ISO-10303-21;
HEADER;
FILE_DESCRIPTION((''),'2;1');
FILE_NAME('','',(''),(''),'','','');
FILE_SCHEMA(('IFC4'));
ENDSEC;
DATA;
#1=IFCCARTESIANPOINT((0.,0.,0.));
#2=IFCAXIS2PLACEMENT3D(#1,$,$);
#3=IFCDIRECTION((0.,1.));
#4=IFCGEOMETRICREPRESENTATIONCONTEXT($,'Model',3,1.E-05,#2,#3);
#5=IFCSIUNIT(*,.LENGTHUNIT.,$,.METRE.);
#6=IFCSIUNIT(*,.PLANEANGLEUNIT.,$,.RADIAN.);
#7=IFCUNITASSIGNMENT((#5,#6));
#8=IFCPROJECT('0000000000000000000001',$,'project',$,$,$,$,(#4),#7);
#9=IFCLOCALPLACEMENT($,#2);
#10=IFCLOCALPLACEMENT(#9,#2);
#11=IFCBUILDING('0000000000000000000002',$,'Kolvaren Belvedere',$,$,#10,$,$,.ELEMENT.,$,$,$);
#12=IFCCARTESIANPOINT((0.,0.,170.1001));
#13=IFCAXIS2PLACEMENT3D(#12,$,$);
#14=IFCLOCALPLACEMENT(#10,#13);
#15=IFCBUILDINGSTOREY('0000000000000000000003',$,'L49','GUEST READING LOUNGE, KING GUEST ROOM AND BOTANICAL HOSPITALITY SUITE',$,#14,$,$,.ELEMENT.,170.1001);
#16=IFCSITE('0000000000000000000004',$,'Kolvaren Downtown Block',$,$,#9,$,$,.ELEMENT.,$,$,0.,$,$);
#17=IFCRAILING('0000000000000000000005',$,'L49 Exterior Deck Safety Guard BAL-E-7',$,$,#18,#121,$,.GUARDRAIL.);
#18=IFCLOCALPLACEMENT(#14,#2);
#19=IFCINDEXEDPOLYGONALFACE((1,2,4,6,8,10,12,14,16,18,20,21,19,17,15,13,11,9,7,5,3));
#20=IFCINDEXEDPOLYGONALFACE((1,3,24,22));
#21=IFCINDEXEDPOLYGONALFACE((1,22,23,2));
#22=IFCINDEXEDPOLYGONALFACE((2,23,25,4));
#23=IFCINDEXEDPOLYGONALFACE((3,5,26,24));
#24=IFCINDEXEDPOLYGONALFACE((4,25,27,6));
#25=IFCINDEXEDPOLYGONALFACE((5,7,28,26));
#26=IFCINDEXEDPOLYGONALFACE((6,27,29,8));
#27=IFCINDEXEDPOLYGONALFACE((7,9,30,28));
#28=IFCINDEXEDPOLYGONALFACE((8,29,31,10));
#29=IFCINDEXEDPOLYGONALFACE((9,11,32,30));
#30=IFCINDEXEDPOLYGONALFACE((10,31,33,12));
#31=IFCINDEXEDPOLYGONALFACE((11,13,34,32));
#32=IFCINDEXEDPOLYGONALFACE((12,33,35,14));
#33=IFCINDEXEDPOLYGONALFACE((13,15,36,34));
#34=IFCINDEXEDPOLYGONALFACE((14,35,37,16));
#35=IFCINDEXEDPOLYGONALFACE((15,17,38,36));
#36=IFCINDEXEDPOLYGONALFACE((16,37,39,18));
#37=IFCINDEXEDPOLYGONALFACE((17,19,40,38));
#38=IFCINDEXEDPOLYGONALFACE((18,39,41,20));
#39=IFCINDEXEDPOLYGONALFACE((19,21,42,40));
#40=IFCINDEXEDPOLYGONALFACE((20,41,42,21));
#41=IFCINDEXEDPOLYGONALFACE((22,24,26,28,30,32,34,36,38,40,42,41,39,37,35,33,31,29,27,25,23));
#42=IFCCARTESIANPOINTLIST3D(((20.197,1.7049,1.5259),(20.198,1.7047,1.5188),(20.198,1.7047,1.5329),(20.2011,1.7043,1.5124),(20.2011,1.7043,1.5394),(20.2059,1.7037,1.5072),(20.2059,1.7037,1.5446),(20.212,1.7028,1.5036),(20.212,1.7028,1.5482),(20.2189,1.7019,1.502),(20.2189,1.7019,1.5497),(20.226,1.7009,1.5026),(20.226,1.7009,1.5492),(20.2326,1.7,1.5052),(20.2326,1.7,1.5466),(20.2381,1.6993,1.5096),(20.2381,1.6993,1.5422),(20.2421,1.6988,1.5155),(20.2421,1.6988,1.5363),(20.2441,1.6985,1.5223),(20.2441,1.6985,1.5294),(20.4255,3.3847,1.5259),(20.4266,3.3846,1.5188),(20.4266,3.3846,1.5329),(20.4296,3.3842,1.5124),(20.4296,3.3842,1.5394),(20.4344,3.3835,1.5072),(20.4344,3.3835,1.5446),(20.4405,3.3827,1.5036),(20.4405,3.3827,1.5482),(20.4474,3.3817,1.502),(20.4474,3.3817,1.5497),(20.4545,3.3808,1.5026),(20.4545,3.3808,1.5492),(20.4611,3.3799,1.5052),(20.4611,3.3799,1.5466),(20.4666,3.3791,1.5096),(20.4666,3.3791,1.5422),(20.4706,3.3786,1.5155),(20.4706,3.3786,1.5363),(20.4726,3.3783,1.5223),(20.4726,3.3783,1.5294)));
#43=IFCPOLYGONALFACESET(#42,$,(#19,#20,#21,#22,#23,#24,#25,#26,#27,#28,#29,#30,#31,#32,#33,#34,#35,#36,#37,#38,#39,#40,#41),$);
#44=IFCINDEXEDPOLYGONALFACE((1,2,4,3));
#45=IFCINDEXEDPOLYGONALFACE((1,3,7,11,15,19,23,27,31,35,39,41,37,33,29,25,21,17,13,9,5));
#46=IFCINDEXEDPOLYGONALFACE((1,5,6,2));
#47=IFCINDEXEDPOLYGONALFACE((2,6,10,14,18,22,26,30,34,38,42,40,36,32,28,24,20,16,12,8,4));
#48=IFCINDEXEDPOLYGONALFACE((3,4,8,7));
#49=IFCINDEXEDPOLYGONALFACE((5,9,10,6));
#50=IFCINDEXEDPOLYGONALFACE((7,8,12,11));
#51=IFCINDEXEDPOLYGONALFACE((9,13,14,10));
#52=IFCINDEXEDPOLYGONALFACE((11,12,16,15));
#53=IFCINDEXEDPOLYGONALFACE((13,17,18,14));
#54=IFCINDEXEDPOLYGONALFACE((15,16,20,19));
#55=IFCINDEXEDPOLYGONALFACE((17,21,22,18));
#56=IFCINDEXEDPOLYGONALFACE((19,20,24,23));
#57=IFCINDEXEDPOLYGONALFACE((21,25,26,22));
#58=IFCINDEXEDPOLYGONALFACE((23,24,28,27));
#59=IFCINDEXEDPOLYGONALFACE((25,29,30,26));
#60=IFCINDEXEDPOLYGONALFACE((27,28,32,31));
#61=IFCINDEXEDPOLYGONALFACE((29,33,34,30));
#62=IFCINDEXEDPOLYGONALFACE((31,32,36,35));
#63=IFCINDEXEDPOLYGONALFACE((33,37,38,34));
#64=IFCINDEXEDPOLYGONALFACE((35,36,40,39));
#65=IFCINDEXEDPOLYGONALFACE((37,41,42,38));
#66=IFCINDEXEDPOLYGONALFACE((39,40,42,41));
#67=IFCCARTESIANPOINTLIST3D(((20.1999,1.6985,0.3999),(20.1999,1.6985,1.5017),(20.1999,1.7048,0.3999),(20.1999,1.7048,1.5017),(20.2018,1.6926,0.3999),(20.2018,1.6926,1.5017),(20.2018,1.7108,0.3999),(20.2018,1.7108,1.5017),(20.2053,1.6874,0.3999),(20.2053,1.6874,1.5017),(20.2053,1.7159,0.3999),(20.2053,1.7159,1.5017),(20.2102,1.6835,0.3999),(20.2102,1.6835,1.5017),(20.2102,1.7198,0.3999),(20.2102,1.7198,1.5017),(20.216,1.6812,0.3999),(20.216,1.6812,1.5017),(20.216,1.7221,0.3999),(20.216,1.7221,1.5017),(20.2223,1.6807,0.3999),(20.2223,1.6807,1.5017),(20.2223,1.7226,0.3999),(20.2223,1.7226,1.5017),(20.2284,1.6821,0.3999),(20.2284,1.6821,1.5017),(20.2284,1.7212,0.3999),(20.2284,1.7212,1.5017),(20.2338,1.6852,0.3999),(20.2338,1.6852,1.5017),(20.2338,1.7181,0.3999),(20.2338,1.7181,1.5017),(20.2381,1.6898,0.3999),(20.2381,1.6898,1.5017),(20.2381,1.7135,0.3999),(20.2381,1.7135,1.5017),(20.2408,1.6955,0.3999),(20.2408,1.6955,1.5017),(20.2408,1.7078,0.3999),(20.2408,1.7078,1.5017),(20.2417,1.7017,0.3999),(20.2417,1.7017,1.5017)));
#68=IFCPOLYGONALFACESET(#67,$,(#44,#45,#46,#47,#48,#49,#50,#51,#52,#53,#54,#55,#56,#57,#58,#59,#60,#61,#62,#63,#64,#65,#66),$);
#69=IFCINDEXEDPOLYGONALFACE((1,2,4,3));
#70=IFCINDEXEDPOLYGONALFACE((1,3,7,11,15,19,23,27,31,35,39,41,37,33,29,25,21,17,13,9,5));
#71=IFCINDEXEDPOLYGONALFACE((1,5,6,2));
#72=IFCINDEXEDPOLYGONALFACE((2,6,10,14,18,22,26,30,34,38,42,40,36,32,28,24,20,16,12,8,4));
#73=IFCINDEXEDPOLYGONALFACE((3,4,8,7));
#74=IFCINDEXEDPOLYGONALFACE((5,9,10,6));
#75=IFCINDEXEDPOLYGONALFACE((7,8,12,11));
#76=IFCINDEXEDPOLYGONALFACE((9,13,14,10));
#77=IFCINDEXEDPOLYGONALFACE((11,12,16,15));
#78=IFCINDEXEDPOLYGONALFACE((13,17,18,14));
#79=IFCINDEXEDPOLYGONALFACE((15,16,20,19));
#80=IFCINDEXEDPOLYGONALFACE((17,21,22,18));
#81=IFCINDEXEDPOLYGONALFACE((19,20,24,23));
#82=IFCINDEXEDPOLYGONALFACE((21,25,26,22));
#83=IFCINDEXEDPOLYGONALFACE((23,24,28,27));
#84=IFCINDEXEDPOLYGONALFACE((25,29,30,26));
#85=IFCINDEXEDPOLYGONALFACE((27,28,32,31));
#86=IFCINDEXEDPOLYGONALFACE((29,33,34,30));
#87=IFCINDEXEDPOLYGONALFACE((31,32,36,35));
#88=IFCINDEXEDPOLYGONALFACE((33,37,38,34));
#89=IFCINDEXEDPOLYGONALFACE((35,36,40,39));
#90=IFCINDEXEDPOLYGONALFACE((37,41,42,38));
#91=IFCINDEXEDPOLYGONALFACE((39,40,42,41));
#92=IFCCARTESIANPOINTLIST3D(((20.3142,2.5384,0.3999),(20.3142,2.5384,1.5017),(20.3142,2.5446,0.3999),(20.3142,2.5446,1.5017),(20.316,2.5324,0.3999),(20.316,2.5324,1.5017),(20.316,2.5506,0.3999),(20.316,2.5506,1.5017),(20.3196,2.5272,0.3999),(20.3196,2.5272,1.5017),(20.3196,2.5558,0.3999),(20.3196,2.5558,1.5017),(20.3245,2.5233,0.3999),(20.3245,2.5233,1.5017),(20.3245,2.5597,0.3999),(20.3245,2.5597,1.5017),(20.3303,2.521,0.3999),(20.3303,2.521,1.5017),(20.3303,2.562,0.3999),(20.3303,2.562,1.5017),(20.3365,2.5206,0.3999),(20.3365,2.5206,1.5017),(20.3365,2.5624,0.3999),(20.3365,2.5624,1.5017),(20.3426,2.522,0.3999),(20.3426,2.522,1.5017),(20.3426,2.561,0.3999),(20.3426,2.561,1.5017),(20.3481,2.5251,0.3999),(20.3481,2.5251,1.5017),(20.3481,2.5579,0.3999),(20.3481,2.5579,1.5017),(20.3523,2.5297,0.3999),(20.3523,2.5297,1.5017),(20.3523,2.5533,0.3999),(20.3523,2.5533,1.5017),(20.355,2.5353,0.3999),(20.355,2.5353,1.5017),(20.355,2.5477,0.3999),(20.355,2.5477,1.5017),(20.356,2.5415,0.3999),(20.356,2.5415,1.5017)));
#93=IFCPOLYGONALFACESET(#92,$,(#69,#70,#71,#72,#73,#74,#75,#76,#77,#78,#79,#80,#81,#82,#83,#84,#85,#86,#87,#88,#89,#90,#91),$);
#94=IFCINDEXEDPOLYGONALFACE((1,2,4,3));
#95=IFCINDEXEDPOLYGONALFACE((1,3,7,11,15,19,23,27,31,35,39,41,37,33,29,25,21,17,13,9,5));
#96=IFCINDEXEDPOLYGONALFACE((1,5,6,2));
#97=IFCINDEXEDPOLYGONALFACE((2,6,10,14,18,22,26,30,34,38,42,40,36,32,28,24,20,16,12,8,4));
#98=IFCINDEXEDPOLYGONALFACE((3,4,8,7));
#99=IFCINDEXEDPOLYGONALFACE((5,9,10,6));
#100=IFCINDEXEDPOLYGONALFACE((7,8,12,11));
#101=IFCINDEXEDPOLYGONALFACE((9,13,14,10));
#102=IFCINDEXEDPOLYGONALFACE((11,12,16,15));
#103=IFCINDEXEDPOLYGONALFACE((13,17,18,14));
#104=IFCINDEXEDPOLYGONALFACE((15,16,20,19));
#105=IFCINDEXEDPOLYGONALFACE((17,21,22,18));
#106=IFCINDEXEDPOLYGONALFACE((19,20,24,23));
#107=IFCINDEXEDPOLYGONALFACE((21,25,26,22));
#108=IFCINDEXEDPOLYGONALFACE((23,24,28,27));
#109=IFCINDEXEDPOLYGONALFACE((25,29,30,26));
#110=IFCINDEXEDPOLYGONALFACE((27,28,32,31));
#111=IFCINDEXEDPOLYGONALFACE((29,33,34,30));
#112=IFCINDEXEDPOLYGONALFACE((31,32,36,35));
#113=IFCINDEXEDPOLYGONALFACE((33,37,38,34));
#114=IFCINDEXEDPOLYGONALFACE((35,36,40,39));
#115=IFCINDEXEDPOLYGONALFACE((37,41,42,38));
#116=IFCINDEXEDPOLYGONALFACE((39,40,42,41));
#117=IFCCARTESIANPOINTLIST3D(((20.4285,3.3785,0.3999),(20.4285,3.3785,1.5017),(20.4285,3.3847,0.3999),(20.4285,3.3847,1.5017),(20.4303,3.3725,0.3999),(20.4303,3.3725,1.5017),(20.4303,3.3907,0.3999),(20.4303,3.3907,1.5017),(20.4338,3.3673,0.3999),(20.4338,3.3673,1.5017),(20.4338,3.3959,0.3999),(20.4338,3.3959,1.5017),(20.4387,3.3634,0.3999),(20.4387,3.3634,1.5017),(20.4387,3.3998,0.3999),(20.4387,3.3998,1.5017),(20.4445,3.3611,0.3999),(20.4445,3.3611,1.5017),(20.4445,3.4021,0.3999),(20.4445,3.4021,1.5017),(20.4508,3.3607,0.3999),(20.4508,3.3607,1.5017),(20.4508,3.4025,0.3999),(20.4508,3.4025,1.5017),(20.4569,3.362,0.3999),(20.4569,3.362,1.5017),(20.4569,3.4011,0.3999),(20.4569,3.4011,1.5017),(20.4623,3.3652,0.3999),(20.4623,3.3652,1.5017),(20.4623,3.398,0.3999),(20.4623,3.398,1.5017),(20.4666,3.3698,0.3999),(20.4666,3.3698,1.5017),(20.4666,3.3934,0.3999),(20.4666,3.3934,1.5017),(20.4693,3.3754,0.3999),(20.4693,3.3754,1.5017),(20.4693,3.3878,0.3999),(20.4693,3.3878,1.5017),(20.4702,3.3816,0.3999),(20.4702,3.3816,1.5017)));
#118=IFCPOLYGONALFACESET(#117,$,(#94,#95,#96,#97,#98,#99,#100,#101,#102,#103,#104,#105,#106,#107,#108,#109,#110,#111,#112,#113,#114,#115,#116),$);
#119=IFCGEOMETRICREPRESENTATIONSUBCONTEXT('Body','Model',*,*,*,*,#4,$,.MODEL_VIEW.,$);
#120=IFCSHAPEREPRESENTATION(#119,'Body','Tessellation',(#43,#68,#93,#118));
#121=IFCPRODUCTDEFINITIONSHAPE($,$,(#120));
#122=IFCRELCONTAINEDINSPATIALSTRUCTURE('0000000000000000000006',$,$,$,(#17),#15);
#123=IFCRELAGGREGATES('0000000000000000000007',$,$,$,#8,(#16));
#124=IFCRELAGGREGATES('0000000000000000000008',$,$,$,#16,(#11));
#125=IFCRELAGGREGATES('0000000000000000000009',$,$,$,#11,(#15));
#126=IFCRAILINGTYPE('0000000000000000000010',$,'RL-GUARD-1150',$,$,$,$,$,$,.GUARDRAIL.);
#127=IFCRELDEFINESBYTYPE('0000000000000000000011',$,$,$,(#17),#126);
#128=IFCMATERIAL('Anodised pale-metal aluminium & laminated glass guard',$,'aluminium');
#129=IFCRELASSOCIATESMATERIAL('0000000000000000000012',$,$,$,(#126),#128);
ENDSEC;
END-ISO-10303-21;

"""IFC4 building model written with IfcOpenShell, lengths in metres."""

from ifc_helpers import new_model, si_unit, direction, frame, origin, origin_2d, place, context, subcontext, project, spatial, circle, extrude, material, type_object, element, save


model = new_model("IFC4")

# Units and contexts
model_context = context("Model", 3, precision=1e-05, world=origin(), true_north=direction((0.0, 1.0)))
body_context = subcontext(model_context, "Body", "Model", "MODEL_VIEW")
ifc_project = project(units=[si_unit("LENGTHUNIT", "METRE"), si_unit("PLANEANGLEUNIT", "RADIAN")], contexts=[model_context])

# Site, building, storey
site_placement = place(None, origin())
site = spatial("IfcSite", under=ifc_project, at=site_placement, Name="Kolvaren Downtown Block", CompositionType="ELEMENT", RefElevation=0.0)
building_placement = place(site_placement, origin())
building = spatial("IfcBuilding", under=site, at=building_placement, Name="Kolvaren Belvedere", CompositionType="ELEMENT")
storey_placement = place(building_placement, frame((0.0, 0.0, 170.1001)))
storey = spatial("IfcBuildingStorey", under=building, at=storey_placement, Name="L49", Description="GUEST READING LOUNGE, KING GUEST ROOM AND BOTANICAL HOSPITALITY SUITE", CompositionType="ELEMENT", Elevation=170.1001)

# Railing
ifc_material_1 = material(Name="Anodised pale-metal aluminium & laminated glass guard", Category="aluminium")
railing_type = type_object("IfcRailingType", Name="RL-GUARD-1150", PredefinedType="GUARDRAIL", material=ifc_material_1)
railing_1_placement = place(storey_placement, frame((20.2207, 1.7017, 0.3999)))
element("IfcRailing", 1, at=railing_1_placement, inside=storey, type_object=railing_type, Name="L49 Exterior Deck Safety Guard BAL-E-7", PredefinedType="GUARDRAIL", context=body_context, shape_type="SweptSolid", body=[
    extrude(circle(Radius=0.0239, at=origin_2d()), frame((0.0, 0.0, 1.126), z_axis=(0.134785, 0.990875, 0.0), x_axis=(-0.990875, 0.134785, 0.0)), (0.0, 0.0, 1.0), 1.6953),
    extrude(circle(Radius=0.021, at=origin_2d()), origin(), (0.0, 0.0, 1.0), 1.1018),
    extrude(circle(Radius=0.021, at=origin_2d()), frame((0.1143, 0.8398, 0.0)), (0.0, 0.0, 1.0), 1.1018),
    extrude(circle(Radius=0.021, at=origin_2d()), frame((0.2285, 1.6799, 0.0)), (0.0, 0.0, 1.0), 1.1018),
])

save(model, "model.ifc")
